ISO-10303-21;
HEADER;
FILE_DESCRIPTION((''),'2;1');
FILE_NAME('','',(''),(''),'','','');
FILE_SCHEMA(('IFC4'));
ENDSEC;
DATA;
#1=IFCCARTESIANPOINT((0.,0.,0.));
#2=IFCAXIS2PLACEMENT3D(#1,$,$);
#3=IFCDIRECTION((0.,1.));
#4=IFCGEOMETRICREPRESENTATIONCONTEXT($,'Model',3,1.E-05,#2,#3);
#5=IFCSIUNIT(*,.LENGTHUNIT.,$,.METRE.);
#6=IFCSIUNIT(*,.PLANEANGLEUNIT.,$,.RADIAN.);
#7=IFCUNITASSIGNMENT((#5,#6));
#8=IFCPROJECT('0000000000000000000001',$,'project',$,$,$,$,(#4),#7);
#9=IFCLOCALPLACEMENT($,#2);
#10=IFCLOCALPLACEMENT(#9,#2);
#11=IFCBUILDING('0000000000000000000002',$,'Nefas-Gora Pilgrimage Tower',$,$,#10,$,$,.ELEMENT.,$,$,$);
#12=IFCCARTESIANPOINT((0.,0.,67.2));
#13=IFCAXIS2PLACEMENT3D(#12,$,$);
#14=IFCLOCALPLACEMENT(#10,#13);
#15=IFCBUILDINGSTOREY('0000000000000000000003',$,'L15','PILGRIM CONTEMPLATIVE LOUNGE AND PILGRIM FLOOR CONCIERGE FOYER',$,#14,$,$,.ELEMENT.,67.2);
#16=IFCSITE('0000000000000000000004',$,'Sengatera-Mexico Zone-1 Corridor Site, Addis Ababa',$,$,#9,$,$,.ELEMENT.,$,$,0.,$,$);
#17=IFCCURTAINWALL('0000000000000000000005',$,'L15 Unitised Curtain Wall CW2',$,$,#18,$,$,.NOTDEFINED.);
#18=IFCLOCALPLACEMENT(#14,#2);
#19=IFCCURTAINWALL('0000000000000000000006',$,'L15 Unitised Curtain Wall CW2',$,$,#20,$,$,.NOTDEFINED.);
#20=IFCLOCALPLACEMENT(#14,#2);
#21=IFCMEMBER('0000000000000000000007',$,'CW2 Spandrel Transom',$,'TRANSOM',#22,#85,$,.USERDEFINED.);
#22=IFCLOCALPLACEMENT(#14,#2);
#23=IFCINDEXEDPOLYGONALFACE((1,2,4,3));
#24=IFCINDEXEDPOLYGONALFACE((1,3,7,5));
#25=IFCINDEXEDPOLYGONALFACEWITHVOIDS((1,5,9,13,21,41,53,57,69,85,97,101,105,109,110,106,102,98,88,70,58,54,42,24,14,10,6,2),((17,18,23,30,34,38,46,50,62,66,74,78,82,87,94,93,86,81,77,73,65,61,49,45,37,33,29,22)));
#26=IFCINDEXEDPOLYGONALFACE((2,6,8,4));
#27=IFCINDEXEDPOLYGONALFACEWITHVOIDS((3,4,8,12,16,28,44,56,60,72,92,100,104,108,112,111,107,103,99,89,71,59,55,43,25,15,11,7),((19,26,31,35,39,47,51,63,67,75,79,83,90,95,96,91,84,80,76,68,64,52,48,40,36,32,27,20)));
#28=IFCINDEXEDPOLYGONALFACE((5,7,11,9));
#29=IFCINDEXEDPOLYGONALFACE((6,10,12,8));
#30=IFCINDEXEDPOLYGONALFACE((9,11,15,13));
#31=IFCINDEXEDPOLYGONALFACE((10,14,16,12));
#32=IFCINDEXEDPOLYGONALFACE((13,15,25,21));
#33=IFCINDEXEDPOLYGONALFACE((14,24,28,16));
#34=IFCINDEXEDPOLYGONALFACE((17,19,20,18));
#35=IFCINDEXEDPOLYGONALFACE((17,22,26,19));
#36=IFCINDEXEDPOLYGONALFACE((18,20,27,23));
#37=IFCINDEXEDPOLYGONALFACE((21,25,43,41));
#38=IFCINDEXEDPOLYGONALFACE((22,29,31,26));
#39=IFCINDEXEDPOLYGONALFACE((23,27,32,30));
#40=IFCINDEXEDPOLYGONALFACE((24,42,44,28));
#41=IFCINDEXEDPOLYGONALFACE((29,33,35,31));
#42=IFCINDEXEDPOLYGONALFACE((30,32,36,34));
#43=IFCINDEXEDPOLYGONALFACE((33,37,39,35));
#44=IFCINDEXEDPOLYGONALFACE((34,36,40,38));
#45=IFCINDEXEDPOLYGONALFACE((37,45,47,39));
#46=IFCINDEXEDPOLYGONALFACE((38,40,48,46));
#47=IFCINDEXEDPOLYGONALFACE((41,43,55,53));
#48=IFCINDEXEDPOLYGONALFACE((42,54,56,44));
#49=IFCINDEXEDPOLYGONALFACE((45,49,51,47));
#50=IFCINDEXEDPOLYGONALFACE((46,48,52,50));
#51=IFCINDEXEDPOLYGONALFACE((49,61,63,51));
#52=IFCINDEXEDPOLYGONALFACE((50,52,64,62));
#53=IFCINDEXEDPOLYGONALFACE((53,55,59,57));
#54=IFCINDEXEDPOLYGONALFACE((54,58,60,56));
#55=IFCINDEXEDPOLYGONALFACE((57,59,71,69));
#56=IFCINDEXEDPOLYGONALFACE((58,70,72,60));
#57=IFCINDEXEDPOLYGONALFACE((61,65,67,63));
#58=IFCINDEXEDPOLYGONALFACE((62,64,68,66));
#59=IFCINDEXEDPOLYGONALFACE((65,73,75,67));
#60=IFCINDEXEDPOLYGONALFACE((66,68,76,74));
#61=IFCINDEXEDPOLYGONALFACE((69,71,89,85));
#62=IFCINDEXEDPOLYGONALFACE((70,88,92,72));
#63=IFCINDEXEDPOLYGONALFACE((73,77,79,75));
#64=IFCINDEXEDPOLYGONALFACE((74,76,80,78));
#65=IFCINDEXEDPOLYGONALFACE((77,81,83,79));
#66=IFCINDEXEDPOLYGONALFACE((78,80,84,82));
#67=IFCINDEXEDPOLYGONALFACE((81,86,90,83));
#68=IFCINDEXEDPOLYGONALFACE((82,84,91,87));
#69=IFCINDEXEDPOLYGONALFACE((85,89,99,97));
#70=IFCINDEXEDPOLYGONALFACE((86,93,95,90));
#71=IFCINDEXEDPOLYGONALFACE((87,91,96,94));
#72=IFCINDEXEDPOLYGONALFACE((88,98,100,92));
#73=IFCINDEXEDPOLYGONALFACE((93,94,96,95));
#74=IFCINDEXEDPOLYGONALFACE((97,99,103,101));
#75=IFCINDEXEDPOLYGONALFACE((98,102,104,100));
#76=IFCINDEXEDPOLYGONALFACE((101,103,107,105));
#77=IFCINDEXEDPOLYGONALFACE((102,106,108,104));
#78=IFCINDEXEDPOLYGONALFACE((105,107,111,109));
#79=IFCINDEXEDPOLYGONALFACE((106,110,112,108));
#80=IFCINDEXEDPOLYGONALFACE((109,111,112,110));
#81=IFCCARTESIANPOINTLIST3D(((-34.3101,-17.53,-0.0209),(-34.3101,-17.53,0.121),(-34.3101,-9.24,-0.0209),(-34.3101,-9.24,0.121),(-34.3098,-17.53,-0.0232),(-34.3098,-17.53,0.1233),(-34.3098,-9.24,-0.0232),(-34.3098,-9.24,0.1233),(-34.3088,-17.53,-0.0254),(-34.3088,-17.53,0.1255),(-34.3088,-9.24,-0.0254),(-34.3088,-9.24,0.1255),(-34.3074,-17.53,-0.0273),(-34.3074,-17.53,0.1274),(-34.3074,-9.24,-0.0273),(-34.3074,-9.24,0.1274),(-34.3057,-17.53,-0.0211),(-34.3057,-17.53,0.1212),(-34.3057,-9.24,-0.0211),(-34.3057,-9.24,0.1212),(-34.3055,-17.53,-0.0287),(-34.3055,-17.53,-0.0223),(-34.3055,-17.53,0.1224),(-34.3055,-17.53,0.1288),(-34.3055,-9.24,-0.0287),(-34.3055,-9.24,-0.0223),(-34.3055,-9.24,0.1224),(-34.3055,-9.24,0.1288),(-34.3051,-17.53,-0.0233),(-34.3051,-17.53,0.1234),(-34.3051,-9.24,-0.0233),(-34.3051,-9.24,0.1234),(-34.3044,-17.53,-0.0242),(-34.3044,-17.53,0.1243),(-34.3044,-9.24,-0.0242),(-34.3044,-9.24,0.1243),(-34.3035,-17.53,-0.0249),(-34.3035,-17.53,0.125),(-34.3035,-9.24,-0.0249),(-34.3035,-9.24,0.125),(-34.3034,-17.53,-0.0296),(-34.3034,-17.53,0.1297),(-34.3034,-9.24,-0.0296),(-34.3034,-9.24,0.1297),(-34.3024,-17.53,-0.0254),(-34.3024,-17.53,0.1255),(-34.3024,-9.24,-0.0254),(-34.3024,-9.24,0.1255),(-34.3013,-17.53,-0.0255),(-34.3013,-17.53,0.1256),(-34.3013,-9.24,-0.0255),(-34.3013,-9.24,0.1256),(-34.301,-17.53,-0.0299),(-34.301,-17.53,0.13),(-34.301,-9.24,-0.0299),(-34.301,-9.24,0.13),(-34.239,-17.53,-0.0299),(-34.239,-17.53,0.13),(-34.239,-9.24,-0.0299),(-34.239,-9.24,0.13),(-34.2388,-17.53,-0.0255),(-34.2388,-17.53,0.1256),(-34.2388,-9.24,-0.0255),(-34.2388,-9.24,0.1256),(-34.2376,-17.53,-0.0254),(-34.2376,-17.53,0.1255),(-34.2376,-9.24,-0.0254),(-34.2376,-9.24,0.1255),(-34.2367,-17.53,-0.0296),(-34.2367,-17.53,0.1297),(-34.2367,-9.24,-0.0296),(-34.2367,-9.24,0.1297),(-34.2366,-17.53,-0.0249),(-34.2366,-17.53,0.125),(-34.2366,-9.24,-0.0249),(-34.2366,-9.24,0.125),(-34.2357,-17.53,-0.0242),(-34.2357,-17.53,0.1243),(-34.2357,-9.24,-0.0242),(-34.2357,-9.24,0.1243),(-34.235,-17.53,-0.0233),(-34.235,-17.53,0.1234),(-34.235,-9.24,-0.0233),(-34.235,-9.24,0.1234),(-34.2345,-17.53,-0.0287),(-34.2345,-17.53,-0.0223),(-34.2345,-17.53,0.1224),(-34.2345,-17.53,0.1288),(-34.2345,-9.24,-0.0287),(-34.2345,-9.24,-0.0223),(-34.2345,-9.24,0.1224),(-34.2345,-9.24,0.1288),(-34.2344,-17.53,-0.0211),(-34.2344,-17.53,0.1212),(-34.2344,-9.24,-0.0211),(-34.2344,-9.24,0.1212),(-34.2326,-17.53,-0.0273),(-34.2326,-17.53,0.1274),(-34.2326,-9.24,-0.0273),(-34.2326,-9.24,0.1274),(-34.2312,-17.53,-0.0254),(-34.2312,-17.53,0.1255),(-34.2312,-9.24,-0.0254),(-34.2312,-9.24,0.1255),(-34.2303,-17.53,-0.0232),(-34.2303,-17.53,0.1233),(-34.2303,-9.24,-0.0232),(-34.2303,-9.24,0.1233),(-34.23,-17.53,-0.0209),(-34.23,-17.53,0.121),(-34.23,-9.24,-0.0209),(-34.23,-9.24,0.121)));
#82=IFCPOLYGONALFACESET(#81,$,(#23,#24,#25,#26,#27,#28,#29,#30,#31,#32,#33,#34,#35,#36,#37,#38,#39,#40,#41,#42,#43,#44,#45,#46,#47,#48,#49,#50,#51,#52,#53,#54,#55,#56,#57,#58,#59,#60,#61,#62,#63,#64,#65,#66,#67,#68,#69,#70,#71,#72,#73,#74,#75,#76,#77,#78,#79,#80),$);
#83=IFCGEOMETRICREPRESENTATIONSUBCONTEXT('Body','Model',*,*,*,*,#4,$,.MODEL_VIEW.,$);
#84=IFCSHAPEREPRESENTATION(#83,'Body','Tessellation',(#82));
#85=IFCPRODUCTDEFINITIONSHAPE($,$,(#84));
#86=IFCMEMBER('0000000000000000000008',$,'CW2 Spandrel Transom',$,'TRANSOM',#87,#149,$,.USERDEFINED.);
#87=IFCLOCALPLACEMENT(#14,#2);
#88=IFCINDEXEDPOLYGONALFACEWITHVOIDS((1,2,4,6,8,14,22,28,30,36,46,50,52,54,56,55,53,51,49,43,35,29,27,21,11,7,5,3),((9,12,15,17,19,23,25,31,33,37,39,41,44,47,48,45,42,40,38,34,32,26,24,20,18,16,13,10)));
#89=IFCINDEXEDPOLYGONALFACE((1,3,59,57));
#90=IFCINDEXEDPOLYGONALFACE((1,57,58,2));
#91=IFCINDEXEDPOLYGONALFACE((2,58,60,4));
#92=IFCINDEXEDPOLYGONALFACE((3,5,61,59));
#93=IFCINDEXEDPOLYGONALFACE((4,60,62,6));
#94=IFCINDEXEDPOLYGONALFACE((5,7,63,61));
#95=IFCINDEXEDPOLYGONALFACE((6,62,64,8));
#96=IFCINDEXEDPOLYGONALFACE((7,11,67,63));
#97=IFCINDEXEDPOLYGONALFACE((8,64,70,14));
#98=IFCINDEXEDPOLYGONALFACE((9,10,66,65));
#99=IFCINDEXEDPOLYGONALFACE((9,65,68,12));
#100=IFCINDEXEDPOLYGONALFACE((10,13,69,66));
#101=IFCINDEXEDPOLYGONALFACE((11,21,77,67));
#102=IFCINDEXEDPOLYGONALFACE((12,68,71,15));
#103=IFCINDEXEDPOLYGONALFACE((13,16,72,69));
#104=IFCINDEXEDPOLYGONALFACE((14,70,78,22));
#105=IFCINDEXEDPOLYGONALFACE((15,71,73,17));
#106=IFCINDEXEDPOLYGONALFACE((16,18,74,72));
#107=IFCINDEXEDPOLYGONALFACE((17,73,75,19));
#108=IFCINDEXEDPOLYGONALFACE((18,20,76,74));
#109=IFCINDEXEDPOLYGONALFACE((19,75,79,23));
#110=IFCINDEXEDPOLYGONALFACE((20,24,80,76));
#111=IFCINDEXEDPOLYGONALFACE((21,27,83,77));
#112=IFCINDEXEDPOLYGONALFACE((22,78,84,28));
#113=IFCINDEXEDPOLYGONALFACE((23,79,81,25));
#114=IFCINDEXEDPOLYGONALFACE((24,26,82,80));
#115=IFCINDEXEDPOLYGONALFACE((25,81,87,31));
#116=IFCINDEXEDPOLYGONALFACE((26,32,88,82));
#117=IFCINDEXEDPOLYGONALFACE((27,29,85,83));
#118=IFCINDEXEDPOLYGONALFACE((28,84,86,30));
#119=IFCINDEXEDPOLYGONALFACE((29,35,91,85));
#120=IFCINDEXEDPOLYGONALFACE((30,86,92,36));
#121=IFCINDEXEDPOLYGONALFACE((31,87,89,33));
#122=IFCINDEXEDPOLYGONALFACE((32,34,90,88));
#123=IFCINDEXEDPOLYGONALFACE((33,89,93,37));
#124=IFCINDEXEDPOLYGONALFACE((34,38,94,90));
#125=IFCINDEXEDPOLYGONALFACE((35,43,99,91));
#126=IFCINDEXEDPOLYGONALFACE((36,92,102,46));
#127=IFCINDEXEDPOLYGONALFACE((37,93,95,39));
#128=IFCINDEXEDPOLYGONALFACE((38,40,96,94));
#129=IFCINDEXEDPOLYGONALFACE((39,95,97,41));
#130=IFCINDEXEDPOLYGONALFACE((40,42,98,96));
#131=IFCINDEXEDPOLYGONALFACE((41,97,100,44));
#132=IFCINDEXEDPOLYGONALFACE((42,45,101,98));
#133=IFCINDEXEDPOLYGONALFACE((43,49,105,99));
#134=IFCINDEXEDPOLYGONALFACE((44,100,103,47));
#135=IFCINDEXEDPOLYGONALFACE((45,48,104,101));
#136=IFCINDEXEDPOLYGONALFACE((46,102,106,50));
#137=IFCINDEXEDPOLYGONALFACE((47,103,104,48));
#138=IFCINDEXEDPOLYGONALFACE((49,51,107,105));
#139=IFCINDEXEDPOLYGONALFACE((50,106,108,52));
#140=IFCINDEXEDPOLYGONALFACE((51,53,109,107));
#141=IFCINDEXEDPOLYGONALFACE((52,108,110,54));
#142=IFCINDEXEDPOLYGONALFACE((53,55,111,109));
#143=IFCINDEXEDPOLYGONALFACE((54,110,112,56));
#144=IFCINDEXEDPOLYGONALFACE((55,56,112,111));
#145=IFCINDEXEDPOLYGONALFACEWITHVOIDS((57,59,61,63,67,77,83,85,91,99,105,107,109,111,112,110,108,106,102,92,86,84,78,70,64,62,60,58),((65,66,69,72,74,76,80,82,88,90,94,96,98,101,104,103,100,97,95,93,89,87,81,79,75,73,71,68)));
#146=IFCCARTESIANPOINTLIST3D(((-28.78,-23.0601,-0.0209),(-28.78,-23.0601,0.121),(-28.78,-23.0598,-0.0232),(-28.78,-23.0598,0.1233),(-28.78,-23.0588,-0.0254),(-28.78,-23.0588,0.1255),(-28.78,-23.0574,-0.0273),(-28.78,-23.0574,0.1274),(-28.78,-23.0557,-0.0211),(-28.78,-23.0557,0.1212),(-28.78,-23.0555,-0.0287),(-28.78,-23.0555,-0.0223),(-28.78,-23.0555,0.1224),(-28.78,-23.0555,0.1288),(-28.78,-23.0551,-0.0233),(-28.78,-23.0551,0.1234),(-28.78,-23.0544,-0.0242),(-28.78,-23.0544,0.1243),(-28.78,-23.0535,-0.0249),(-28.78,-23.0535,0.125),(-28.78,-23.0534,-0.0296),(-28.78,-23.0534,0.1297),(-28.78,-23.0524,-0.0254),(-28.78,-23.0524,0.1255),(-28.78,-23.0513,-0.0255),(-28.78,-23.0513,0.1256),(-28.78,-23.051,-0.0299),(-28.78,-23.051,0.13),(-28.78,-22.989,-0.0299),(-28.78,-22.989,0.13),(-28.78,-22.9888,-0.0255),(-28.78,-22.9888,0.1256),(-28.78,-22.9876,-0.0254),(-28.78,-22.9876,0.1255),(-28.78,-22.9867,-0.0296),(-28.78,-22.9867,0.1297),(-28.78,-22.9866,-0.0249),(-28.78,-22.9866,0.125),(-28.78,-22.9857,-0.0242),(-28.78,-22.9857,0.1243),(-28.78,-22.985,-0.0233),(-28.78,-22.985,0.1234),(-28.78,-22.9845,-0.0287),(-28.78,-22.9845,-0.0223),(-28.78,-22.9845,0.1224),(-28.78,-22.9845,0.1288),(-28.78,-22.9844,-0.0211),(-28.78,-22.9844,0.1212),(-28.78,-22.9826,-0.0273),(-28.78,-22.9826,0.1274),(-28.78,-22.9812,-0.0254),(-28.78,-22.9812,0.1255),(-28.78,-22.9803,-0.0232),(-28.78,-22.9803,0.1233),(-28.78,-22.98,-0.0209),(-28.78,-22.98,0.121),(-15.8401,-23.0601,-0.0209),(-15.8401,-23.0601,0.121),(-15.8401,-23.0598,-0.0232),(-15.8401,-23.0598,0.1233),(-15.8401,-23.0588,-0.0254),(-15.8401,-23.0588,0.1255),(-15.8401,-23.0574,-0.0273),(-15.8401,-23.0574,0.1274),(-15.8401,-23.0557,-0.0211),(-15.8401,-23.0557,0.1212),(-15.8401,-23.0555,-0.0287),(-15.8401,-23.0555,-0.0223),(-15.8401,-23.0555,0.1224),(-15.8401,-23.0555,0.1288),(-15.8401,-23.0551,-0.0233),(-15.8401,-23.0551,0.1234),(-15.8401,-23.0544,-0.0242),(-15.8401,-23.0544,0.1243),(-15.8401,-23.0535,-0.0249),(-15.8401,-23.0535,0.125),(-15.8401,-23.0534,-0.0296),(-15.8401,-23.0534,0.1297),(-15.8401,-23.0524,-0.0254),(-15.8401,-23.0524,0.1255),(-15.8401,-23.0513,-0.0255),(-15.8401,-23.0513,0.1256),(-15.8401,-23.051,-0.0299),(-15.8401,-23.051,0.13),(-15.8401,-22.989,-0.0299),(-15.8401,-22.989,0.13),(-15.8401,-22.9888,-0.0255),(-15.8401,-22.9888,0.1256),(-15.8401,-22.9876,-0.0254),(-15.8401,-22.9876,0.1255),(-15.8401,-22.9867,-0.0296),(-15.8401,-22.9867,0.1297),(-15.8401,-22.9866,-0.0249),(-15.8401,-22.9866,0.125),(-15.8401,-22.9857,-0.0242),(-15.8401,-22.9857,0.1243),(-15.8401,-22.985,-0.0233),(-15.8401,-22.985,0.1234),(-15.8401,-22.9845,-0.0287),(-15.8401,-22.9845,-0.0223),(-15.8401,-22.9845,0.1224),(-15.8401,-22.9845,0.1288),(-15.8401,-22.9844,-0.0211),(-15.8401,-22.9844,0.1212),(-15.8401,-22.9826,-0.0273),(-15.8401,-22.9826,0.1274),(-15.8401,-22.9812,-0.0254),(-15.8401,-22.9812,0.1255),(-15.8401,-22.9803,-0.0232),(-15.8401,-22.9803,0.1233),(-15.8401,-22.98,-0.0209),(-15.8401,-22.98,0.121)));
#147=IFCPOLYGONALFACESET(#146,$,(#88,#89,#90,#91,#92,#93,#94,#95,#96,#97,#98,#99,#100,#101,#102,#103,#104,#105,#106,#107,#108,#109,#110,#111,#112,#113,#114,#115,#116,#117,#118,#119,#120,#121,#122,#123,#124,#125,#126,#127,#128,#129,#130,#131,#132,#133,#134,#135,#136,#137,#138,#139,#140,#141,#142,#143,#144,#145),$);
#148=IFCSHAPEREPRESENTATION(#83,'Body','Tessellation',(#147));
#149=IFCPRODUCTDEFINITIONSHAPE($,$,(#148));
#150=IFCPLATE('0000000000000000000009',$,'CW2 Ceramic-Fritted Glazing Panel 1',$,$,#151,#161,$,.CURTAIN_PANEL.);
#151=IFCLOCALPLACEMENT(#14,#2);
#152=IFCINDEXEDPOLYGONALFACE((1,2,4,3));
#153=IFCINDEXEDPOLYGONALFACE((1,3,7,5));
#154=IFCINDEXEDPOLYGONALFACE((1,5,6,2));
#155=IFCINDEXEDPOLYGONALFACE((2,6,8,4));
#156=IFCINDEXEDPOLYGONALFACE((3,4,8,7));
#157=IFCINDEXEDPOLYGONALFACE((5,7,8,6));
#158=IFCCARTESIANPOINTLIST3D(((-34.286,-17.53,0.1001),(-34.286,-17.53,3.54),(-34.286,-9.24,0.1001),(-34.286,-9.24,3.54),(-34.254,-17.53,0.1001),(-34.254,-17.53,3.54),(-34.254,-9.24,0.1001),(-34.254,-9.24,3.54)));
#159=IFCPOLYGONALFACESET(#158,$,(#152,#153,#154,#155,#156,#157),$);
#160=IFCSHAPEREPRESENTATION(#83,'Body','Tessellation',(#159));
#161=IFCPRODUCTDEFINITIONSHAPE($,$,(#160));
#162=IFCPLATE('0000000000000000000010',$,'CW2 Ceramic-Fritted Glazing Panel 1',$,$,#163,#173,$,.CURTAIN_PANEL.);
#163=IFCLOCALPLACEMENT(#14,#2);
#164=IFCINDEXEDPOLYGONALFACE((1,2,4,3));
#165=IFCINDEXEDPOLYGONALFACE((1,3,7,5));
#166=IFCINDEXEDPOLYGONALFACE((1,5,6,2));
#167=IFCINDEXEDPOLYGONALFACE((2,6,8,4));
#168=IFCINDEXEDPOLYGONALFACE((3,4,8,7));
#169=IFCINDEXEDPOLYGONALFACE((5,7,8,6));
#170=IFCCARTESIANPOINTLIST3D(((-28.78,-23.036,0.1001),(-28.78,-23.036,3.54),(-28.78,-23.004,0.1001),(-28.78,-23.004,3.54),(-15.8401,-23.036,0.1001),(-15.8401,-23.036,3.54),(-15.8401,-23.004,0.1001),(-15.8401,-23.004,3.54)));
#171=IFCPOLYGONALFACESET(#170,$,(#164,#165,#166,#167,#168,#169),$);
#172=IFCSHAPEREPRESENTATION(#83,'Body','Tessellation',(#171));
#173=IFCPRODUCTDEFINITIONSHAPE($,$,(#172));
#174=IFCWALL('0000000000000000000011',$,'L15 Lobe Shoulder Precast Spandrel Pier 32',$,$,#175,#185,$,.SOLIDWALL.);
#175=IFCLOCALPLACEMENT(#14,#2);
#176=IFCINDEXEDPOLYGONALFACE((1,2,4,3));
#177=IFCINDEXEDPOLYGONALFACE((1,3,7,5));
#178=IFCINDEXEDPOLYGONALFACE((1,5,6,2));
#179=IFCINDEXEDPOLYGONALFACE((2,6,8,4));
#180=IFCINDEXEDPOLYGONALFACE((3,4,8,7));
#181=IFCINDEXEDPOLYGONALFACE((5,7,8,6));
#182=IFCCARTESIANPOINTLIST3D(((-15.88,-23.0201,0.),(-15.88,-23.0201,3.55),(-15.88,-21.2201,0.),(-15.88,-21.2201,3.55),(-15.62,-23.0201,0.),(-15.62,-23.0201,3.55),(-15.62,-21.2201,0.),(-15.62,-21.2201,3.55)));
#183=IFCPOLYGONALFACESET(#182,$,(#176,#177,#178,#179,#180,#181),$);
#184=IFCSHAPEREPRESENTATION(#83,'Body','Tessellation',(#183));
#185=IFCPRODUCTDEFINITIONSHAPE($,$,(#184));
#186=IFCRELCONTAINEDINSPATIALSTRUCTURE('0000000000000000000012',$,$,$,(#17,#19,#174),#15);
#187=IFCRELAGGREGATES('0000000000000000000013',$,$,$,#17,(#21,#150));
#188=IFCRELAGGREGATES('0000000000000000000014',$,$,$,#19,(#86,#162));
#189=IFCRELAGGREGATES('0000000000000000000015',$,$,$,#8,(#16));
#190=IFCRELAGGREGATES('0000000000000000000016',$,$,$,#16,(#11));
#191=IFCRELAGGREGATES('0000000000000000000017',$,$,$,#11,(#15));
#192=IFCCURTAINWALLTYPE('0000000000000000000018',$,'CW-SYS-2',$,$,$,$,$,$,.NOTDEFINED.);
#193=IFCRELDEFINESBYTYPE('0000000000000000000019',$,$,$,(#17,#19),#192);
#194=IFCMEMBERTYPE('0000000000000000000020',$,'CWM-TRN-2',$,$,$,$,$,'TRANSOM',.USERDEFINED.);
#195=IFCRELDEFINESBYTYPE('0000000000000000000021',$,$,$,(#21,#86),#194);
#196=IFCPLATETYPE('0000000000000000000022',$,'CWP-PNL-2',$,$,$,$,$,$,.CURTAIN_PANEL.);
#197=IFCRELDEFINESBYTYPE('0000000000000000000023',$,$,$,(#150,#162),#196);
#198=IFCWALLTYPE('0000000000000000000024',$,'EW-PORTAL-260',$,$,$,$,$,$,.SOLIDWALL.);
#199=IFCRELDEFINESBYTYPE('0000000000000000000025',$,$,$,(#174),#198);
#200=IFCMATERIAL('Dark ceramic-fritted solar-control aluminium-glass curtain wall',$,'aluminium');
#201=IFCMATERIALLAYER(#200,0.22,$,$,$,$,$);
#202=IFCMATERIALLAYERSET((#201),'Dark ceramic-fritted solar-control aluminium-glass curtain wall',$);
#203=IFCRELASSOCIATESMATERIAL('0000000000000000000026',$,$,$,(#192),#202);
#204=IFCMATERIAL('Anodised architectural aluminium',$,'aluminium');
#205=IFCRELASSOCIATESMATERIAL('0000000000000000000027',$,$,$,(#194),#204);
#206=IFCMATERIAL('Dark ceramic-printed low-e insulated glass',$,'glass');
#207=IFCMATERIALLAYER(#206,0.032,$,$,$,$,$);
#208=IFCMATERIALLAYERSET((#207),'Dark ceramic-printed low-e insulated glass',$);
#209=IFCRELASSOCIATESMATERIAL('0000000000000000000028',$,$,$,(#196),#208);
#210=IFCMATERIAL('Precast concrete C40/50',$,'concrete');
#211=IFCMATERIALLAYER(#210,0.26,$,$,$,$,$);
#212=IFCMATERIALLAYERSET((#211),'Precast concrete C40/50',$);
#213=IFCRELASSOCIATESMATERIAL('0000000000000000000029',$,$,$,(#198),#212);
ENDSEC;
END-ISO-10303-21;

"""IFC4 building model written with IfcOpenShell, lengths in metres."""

from ifc_helpers import new_model, si_unit, direction, frame, frame_2d, origin, origin_2d, place, context, subcontext, project, spatial, rectangle, hollow_rectangle, extrude, source, transform, mapped, material, layer, layer_set, material_profile, profile_set, type_object, element, aggregate, save


model = new_model("IFC4")

# Units and contexts
model_context = context("Model", 3, precision=1e-05, world=origin(), true_north=direction((0.0, 1.0)))
body_context = subcontext(model_context, "Body", "Model", "MODEL_VIEW")
ifc_project = project(units=[si_unit("LENGTHUNIT", "METRE"), si_unit("PLANEANGLEUNIT", "RADIAN")], contexts=[model_context])

# Site, building, storey
site_placement = place(None, origin())
site = spatial("IfcSite", under=ifc_project, at=site_placement, Name="Sengatera-Mexico Zone-1 Corridor Site, Addis Ababa", CompositionType="ELEMENT", RefElevation=0.0)
building_placement = place(site_placement, origin())
building = spatial("IfcBuilding", under=site, at=building_placement, Name="Nefas-Gora Pilgrimage Tower", CompositionType="ELEMENT")
storey_placement = place(building_placement, frame((0.0, 0.0, 67.2)))
storey = spatial("IfcBuildingStorey", under=building, at=storey_placement, Name="L15", Description="PILGRIM CONTEMPLATIVE LOUNGE AND PILGRIM FLOOR CONCIERGE FOYER", CompositionType="ELEMENT", Elevation=67.2)

# Curtain walls
ifc_material_1 = material(Name="Dark ceramic-fritted solar-control aluminium-glass curtain wall", Category="aluminium")
ifc_material_2 = material(Name="Anodised architectural aluminium", Category="aluminium")
ifc_layer_1 = layer(ifc_material_1, 0.22)
ifc_layer_set_1 = layer_set([ifc_layer_1], Name="Dark ceramic-fritted solar-control aluminium-glass curtain wall")
curtain_wall_type_1 = type_object("IfcCurtainWallType", Name="CW-SYS-2", PredefinedType="NOTDEFINED", material=ifc_layer_set_1)
curtain_wall_1_placement = place(storey_placement, origin())
curtain_wall_1 = element("IfcCurtainWall", 1, at=curtain_wall_1_placement, inside=storey, type_object=curtain_wall_type_1, Name="L15 Unitised Curtain Wall CW2", PredefinedType="NOTDEFINED")
curtain_wall_2_placement = place(storey_placement, origin())
curtain_wall_2 = element("IfcCurtainWall", 2, at=curtain_wall_2_placement, inside=storey, type_object=curtain_wall_type_1, Name="L15 Unitised Curtain Wall CW2", PredefinedType="NOTDEFINED")

# Members
ifc_material_profile_1 = material_profile(ifc_material_2, hollow_rectangle(XDim=0.0801, YDim=0.1599, WallThickness=0.0044, InnerFilletRadius=0.0044, OuterFilletRadius=0.009, at=origin_2d()), Name="ALU TRANSOM 80x160")
ifc_profile_set_1 = profile_set([ifc_material_profile_1], Name="Anodised architectural aluminium")
member_type_1 = type_object("IfcMemberType", Name="CWM-TRN-2", ElementType="TRANSOM", PredefinedType="USERDEFINED", material=ifc_profile_set_1)
shared_shape_1 = source(origin(), body_context, "Body", "SweptSolid", [
    extrude(hollow_rectangle(XDim=0.0801, YDim=0.1599, WallThickness=0.0044, InnerFilletRadius=0.0044, OuterFilletRadius=0.009, at=origin_2d()), origin(), (0.0, 0.0, 1.0), 8.29),
])
member_1_placement = place(storey_placement, frame((-34.27, -9.24, 0.05), z_axis=(0.0, -1.0, 0.0), x_axis=(1.0, 0.0, 0.0)))
member_1 = element("IfcMember", 3, at=member_1_placement, type_object=member_type_1, Name="CW2 Spandrel Transom", ObjectType="TRANSOM", PredefinedType="USERDEFINED", context=body_context, shape_type="MappedRepresentation", body=[
    mapped(shared_shape_1, transform((0.0, 0.0, 0.0), x_axis=(1.0, 0.0, 0.0), y_axis=(0.0, 1.0, 0.0), z_axis=(0.0, 0.0, 1.0), scale=1.0)),
])
shared_shape_2 = source(origin(), body_context, "Body", "SweptSolid", [
    extrude(hollow_rectangle(XDim=0.0801, YDim=0.1599, WallThickness=0.0044, InnerFilletRadius=0.0044, OuterFilletRadius=0.009, at=origin_2d()), origin(), (0.0, 0.0, 1.0), 12.9399),
])
member_2_placement = place(storey_placement, frame((-28.78, -23.02, 0.05), z_axis=(1.0, 0.0, 0.0), x_axis=(0.0, 1.0, 0.0)))
member_2 = element("IfcMember", 4, at=member_2_placement, type_object=member_type_1, Name="CW2 Spandrel Transom", ObjectType="TRANSOM", PredefinedType="USERDEFINED", context=body_context, shape_type="MappedRepresentation", body=[
    mapped(shared_shape_2, transform((0.0, 0.0, 0.0), x_axis=(1.0, 0.0, 0.0), y_axis=(0.0, 1.0, 0.0), z_axis=(0.0, 0.0, 1.0), scale=1.0)),
])

# Plates
ifc_material_3 = material(Name="Dark ceramic-printed low-e insulated glass", Category="glass")
ifc_layer_2 = layer(ifc_material_3, 0.032)
ifc_layer_set_2 = layer_set([ifc_layer_2], Name="Dark ceramic-printed low-e insulated glass")
plate_type = type_object("IfcPlateType", Name="CWP-PNL-2", PredefinedType="CURTAIN_PANEL", material=ifc_layer_set_2)
shared_shape_3 = source(origin(), body_context, "Body", "SweptSolid", [
    extrude(rectangle(XDim=8.29, YDim=0.032, at=origin_2d()), origin(), (0.0, 0.0, 1.0), 3.4399),
])
plate_1_placement = place(storey_placement, frame((-34.27, -13.385, 0.1001), z_axis=(0.0, 0.0, 1.0), x_axis=(0.0, -1.0, 0.0)))
plate_1 = element("IfcPlate", 5, at=plate_1_placement, type_object=plate_type, Name="CW2 Ceramic-Fritted Glazing Panel 1", PredefinedType="CURTAIN_PANEL", context=body_context, shape_type="MappedRepresentation", body=[
    mapped(shared_shape_3, transform((0.0, 0.0, 0.0), x_axis=(1.0, 0.0, 0.0), y_axis=(0.0, 1.0, 0.0), z_axis=(0.0, 0.0, 1.0), scale=1.0)),
])
aggregate(curtain_wall_1, [member_1, plate_1])
shared_shape_4 = source(origin(), body_context, "Body", "SweptSolid", [
    extrude(rectangle(XDim=12.9399, YDim=0.032, at=origin_2d()), origin(), (0.0, 0.0, 1.0), 3.4399),
])
plate_2_placement = place(storey_placement, frame((-22.3101, -23.02, 0.1001), z_axis=(0.0, 0.0, 1.0), x_axis=(1.0, 0.0, 0.0)))
plate_2 = element("IfcPlate", 6, at=plate_2_placement, type_object=plate_type, Name="CW2 Ceramic-Fritted Glazing Panel 1", PredefinedType="CURTAIN_PANEL", context=body_context, shape_type="MappedRepresentation", body=[
    mapped(shared_shape_4, transform((0.0, 0.0, 0.0), x_axis=(1.0, 0.0, 0.0), y_axis=(0.0, 1.0, 0.0), z_axis=(0.0, 0.0, 1.0), scale=1.0)),
])
aggregate(curtain_wall_2, [member_2, plate_2])

# Wall
ifc_material_4 = material(Name="Precast concrete C40/50", Category="concrete")
ifc_layer_3 = layer(ifc_material_4, 0.26)
ifc_layer_set_3 = layer_set([ifc_layer_3], Name="Precast concrete C40/50")
wall_type_1 = type_object("IfcWallType", Name="EW-PORTAL-260", PredefinedType="SOLIDWALL", material=ifc_layer_set_3)
shared_shape_5 = source(origin(), body_context, "Body", "SweptSolid", [
    extrude(rectangle(XDim=1.8, YDim=0.26, at=frame_2d((0.8999, 0.0))), origin(), (0.0, 0.0, 1.0), 3.55),
])
wall_1_placement = place(storey_placement, frame((-15.75, -23.02, 0.0), z_axis=(0.0, 0.0, 1.0), x_axis=(0.0, 1.0, 0.0)))
element("IfcWall", 7, at=wall_1_placement, inside=storey, type_object=wall_type_1, Name="L15 Lobe Shoulder Precast Spandrel Pier 32", PredefinedType="SOLIDWALL", context=body_context, shape_type="MappedRepresentation", body=[
    mapped(shared_shape_5, transform((0.0, 0.0, 0.0), x_axis=(1.0, 0.0, 0.0), y_axis=(0.0, 1.0, 0.0), z_axis=(0.0, 0.0, 1.0), scale=1.0)),
])

save(model, "model.ifc")
